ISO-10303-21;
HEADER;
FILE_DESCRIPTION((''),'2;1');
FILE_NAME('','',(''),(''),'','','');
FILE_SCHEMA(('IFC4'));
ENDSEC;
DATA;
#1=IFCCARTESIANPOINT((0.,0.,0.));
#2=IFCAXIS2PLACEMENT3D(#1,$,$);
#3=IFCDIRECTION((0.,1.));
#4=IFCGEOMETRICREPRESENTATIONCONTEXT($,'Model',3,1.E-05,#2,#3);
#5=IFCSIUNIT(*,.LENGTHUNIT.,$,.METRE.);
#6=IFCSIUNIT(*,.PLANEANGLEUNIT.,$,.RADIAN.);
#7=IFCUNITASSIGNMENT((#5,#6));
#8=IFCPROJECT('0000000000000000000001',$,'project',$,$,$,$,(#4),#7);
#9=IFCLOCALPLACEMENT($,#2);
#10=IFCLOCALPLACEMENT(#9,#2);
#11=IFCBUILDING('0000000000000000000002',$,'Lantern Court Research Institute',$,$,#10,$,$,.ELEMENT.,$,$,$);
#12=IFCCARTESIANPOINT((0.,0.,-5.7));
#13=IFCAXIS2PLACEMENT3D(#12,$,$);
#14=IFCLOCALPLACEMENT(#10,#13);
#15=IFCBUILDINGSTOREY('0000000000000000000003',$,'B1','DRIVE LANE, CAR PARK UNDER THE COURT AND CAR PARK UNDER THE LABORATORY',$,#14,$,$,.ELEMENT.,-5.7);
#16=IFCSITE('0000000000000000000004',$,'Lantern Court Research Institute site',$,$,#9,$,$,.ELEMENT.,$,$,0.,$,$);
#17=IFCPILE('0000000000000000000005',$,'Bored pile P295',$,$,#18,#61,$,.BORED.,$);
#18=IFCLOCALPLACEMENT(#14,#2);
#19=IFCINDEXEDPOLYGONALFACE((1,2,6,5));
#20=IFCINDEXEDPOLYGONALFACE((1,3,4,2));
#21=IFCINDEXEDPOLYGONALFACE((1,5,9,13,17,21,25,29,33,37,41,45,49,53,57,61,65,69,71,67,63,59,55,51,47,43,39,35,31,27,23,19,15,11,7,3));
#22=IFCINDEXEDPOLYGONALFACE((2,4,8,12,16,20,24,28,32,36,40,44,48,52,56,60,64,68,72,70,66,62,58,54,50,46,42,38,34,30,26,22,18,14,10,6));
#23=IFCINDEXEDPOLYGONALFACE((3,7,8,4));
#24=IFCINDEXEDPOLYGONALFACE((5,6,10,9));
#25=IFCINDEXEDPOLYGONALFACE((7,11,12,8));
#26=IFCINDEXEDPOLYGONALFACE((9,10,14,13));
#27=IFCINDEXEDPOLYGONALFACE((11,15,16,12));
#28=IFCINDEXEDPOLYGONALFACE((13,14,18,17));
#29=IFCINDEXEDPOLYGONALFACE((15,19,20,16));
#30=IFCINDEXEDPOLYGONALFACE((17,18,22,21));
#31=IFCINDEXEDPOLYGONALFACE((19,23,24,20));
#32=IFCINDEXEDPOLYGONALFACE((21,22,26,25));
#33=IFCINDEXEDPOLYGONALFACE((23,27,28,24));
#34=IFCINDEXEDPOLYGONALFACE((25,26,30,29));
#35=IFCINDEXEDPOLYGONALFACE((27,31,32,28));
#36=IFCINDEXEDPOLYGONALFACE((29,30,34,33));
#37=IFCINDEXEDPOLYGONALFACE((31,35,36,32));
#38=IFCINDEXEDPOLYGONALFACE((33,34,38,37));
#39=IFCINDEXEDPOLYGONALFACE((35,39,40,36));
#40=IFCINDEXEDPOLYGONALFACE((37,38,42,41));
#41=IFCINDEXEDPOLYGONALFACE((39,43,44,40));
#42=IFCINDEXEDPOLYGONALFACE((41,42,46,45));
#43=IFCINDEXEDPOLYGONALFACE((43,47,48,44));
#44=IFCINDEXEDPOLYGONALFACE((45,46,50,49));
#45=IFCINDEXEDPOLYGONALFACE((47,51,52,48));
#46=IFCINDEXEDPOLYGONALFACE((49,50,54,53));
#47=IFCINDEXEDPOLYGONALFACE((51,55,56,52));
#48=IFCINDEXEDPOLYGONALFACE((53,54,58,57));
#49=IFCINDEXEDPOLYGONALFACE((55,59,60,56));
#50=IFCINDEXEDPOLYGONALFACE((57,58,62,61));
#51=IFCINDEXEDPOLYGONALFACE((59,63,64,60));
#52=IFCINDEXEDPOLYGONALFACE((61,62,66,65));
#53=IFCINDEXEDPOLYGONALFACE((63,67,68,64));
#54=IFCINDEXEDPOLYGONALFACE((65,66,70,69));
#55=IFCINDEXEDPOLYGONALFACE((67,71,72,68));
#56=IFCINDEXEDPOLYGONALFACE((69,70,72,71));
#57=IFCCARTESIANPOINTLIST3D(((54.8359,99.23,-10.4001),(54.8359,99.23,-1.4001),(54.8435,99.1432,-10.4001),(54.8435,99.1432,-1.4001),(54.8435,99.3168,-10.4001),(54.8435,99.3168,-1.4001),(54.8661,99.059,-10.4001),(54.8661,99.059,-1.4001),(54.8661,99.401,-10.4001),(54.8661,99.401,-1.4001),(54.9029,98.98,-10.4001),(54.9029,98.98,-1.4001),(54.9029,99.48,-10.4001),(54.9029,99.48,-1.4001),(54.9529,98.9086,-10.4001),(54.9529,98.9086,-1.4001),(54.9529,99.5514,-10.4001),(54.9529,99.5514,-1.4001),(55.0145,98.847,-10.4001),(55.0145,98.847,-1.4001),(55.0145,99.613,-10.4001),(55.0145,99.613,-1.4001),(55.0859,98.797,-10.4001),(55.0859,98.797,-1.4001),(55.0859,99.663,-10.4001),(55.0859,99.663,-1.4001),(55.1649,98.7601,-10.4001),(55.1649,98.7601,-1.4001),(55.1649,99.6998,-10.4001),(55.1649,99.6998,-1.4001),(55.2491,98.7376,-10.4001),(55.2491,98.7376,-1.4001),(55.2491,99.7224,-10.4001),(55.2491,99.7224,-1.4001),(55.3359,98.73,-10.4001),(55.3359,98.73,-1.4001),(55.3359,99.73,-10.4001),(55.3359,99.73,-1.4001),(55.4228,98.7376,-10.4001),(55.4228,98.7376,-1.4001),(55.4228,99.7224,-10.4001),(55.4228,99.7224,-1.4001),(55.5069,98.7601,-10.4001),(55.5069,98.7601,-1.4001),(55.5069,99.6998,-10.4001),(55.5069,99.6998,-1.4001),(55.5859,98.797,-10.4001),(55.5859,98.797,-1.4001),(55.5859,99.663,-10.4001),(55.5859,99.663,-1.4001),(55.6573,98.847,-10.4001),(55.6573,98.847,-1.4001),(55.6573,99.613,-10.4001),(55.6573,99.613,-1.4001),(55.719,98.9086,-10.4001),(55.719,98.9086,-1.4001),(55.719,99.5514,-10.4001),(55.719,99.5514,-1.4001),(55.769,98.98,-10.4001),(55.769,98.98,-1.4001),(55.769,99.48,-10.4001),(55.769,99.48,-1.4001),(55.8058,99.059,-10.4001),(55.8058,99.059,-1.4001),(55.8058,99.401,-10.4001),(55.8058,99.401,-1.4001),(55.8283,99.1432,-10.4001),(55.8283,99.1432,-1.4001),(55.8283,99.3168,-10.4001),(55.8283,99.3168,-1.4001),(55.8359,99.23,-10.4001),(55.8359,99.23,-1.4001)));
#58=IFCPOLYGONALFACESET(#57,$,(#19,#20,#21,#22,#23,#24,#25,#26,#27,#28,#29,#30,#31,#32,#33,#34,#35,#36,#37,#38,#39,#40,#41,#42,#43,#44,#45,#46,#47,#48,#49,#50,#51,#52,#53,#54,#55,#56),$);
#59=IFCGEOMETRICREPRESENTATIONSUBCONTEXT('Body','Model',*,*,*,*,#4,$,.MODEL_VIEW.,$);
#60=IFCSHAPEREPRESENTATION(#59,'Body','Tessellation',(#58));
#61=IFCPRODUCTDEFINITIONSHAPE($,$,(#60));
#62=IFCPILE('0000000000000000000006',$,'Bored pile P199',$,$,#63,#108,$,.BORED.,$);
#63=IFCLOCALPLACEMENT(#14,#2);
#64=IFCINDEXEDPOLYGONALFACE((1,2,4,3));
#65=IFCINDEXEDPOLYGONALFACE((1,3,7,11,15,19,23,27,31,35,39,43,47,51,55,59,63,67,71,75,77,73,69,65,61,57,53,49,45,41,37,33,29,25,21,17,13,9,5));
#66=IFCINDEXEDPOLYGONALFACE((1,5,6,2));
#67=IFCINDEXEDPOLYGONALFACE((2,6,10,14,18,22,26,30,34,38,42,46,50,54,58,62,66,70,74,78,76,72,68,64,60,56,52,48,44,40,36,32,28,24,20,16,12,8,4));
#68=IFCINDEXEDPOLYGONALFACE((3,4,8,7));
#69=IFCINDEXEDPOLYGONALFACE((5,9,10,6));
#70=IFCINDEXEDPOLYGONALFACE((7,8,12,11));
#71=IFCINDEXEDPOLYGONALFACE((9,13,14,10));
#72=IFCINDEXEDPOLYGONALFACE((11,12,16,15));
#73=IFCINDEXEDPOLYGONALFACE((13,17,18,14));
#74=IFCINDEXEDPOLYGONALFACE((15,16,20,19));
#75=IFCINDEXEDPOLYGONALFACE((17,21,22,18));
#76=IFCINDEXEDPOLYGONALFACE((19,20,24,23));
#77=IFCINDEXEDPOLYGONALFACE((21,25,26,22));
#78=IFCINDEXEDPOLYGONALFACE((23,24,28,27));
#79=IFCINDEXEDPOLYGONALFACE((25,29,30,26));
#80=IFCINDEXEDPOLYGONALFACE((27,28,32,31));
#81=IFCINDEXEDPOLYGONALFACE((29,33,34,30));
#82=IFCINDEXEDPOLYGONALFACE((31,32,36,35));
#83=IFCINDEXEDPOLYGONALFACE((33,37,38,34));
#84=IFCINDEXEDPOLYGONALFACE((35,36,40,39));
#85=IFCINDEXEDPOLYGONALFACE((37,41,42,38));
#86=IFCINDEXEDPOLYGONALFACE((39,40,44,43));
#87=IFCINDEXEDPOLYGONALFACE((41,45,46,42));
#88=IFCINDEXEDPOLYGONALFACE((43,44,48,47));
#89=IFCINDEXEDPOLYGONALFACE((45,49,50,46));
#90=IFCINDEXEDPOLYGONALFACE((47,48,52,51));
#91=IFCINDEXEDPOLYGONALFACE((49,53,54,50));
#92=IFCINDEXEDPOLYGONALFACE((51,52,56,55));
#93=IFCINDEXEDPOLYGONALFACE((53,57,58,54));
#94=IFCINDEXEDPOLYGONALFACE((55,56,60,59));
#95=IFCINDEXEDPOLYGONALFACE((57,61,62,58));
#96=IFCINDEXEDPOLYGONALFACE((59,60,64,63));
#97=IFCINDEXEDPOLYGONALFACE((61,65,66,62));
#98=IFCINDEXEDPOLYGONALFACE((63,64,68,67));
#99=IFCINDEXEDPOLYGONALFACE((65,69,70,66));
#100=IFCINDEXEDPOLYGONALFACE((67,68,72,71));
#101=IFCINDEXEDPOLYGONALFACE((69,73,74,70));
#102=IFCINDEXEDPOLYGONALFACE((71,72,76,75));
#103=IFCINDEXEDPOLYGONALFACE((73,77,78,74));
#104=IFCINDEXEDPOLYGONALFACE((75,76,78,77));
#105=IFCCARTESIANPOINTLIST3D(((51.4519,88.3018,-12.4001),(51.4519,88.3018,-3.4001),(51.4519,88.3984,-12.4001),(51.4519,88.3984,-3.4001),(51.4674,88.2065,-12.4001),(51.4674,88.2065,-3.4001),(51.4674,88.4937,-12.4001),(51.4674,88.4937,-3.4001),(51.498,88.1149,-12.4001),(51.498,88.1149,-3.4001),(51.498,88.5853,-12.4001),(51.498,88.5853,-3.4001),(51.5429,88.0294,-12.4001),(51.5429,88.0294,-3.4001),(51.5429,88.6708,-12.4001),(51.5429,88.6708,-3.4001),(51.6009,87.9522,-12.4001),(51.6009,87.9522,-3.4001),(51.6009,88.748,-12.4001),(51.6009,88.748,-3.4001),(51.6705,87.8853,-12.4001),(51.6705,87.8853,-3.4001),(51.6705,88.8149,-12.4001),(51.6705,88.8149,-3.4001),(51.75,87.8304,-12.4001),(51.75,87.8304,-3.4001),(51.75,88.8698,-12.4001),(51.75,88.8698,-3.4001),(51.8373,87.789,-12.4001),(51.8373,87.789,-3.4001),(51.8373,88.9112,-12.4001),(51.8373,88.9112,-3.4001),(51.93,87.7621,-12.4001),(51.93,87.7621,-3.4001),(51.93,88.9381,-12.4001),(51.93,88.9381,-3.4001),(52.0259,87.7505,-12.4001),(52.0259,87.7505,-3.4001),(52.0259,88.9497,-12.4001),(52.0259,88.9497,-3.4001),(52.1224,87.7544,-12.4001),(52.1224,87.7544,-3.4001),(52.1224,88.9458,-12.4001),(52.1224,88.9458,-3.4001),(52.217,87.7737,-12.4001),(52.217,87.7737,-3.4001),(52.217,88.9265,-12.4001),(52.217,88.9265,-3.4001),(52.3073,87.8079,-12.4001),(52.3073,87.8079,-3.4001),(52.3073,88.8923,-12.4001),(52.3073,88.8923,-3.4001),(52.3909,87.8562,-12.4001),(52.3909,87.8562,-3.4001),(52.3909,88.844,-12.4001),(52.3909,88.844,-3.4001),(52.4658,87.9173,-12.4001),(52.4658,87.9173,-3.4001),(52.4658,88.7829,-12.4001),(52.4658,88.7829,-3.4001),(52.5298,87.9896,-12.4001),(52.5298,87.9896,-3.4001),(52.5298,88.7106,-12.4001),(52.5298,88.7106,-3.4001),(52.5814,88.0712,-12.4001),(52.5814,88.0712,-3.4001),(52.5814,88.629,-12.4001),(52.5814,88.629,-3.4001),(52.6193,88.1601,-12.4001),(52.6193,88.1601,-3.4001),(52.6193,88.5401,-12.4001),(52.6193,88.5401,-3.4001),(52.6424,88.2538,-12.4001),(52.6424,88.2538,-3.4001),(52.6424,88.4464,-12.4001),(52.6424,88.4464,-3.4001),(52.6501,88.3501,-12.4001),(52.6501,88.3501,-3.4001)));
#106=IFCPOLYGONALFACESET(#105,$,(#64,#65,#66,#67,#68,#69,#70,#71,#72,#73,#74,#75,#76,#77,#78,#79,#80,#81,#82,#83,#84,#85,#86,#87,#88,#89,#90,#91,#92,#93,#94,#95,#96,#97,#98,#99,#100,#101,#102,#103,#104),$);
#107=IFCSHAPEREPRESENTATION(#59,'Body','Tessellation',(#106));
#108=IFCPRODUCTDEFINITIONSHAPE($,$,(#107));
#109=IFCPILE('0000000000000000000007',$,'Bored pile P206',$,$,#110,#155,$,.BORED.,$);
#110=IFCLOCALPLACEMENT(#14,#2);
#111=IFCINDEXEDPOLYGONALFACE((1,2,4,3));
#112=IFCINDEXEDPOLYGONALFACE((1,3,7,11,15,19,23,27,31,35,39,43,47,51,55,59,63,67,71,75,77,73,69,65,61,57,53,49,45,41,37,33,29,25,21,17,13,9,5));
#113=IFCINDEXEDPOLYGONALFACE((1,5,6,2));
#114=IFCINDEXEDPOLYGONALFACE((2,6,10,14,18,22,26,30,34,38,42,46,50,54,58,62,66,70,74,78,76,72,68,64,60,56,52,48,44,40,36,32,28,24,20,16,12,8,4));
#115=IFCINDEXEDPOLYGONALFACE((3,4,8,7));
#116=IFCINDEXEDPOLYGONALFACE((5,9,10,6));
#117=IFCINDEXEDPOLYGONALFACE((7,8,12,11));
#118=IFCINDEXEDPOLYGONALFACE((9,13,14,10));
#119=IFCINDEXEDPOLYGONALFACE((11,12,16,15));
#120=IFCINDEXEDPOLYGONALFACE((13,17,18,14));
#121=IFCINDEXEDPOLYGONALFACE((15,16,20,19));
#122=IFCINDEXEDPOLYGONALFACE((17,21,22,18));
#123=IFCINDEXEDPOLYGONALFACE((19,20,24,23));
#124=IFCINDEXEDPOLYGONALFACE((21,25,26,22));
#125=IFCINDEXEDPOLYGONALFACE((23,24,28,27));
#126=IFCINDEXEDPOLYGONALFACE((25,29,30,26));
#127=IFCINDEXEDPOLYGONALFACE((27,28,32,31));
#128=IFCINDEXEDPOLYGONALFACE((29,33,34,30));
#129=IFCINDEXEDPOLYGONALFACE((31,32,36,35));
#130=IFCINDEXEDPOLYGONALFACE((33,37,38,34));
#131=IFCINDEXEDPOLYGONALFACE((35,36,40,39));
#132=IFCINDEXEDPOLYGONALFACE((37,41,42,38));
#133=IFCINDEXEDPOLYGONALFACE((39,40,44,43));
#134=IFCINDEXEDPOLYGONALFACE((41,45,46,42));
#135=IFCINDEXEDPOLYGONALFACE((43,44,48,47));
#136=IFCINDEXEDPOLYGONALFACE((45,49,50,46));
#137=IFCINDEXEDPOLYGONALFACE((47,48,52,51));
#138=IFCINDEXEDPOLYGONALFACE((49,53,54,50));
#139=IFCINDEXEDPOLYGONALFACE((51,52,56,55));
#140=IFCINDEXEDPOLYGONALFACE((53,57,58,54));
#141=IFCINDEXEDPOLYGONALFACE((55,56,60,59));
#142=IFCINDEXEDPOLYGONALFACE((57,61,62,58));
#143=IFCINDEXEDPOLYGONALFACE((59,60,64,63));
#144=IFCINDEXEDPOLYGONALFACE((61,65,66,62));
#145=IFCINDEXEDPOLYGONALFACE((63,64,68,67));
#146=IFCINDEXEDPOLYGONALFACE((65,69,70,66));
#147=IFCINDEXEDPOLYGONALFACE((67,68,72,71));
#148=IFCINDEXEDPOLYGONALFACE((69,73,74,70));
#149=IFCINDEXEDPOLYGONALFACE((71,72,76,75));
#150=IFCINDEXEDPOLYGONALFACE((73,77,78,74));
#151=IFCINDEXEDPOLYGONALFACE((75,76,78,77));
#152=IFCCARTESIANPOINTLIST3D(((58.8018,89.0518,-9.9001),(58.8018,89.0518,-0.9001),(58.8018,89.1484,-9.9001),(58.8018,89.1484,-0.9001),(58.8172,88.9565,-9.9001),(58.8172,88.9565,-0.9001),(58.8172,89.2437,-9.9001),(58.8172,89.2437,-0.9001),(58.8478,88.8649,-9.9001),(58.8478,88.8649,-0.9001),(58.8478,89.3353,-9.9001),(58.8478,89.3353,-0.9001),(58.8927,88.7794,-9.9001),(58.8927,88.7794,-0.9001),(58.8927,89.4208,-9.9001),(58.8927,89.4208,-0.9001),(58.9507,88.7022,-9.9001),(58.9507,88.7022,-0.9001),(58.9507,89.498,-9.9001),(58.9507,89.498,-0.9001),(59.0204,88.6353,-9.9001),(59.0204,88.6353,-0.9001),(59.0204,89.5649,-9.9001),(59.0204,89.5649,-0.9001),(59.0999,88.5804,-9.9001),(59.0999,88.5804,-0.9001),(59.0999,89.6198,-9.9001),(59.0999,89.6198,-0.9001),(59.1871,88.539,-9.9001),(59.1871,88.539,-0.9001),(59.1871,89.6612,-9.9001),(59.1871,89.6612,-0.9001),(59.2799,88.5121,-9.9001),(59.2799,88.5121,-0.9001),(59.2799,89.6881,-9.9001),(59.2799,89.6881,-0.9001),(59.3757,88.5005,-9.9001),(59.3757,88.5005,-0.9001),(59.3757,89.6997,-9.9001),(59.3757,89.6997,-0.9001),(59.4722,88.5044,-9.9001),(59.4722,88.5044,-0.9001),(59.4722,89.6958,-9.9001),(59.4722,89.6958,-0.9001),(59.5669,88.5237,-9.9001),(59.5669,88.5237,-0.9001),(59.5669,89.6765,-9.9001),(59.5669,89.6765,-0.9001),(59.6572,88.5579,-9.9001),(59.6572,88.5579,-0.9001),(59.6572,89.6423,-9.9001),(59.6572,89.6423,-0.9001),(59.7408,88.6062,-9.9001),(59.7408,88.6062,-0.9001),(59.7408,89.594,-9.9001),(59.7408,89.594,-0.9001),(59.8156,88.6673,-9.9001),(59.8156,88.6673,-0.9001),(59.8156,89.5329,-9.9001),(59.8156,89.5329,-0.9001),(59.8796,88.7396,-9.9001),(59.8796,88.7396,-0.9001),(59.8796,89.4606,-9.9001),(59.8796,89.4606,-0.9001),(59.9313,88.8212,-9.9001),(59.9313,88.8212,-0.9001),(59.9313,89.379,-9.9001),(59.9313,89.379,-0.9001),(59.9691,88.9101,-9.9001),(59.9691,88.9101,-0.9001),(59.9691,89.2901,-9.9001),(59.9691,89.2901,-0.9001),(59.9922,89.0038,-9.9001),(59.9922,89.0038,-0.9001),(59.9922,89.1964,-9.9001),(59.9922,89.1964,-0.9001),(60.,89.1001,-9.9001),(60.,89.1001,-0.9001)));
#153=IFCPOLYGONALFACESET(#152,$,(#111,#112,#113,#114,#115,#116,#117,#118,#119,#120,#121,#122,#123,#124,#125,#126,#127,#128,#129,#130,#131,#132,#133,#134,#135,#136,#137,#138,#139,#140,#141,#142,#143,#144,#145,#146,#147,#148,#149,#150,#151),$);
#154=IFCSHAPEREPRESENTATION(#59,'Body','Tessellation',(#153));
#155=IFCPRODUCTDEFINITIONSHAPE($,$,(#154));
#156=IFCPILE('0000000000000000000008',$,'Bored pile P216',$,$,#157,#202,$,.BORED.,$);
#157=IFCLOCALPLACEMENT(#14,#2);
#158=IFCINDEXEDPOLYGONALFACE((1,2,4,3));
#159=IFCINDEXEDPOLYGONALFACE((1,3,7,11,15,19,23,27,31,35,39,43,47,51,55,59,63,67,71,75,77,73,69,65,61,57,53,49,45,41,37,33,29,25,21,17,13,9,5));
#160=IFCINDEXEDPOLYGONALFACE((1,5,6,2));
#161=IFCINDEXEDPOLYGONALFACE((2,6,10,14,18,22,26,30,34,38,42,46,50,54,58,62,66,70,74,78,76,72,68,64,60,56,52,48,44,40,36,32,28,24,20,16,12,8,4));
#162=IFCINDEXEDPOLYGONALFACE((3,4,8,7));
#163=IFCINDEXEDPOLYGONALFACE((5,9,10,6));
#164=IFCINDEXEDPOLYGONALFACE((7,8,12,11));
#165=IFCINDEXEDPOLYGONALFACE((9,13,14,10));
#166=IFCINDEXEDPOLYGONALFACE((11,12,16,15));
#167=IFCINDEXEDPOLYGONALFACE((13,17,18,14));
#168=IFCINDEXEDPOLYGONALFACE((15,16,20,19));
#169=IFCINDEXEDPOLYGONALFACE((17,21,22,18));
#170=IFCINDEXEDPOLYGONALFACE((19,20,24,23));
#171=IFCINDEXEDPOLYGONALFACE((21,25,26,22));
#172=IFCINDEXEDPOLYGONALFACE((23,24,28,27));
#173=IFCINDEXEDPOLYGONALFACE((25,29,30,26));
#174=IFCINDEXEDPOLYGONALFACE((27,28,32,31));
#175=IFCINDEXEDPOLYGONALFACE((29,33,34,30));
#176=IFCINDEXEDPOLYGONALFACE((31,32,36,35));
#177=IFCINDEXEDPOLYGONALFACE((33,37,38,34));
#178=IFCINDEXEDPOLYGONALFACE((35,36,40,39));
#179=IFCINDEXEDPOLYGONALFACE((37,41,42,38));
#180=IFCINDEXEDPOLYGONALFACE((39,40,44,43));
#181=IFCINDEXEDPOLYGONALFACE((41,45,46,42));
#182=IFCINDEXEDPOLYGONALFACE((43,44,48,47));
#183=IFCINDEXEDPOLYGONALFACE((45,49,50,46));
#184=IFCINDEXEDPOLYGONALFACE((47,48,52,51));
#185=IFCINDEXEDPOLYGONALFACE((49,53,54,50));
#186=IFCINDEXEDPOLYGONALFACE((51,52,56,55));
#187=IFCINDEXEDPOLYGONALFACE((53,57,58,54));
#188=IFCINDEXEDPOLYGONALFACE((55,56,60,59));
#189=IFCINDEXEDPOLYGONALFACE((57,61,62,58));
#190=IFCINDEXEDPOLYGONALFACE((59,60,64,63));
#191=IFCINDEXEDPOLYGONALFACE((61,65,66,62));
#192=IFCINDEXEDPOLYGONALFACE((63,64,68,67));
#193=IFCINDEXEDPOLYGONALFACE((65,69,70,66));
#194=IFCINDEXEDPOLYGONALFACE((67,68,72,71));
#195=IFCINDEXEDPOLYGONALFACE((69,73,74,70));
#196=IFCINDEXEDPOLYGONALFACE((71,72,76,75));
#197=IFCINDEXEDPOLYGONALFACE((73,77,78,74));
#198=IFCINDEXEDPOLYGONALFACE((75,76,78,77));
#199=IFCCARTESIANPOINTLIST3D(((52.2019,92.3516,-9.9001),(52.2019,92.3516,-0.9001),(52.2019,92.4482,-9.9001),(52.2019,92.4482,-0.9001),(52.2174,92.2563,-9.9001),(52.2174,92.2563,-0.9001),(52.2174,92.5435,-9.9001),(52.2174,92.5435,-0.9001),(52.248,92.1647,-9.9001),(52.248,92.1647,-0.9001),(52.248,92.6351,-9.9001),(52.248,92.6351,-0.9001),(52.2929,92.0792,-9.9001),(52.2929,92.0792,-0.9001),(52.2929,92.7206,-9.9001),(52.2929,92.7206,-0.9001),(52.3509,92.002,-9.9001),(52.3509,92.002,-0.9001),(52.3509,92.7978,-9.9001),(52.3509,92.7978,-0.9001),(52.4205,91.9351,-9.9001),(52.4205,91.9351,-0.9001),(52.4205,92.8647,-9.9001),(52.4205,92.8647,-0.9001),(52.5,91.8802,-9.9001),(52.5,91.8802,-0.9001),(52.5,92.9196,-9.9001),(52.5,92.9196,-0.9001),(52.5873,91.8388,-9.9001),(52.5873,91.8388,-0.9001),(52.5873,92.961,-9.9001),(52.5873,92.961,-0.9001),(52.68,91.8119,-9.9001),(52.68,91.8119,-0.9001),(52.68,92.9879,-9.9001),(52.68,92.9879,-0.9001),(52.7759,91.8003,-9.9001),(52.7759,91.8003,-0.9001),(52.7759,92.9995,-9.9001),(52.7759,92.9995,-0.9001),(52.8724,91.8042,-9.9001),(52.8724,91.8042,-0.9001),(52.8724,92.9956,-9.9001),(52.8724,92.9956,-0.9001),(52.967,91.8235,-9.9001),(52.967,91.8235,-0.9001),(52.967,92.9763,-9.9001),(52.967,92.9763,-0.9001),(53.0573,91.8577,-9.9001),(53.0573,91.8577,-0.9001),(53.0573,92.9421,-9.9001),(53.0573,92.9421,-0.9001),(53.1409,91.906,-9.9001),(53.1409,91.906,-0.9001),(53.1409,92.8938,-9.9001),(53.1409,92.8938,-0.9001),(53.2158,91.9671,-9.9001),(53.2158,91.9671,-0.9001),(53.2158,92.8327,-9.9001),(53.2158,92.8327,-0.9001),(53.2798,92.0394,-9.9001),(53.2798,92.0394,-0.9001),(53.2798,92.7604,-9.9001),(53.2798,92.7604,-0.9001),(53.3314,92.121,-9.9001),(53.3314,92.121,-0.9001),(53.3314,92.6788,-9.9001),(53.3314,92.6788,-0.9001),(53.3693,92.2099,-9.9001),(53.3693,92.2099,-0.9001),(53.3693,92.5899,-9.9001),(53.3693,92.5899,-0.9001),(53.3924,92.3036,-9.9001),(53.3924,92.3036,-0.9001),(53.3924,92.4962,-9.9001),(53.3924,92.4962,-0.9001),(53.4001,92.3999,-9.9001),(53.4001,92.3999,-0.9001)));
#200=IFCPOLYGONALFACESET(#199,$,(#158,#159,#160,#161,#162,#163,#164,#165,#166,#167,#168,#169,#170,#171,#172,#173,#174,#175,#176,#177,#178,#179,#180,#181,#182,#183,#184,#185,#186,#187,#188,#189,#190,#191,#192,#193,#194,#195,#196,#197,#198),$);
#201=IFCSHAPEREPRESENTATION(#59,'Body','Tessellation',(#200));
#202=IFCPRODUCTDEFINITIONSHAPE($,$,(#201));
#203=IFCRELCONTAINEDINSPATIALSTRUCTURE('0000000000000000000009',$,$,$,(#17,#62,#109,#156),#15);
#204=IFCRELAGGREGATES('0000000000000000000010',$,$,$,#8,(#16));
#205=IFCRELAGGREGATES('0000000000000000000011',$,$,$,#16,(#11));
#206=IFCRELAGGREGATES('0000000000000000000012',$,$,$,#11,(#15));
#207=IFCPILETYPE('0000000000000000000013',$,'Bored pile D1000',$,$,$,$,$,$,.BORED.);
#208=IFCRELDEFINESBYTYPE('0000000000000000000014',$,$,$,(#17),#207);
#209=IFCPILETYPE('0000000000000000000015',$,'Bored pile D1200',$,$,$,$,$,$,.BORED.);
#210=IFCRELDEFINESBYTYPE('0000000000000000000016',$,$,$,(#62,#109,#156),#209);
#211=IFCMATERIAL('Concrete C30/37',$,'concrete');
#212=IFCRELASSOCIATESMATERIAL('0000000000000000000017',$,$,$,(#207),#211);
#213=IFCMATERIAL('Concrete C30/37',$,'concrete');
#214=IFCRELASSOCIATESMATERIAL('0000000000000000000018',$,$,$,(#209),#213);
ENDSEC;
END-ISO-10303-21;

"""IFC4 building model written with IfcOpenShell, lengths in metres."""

from ifc_helpers import new_model, si_unit, direction, frame, origin, origin_2d, place, context, subcontext, project, spatial, circle, extrude, material, material_profile, profile_set, type_object, element, save


model = new_model("IFC4")

# Units and contexts
model_context = context("Model", 3, precision=1e-05, world=origin(), true_north=direction((0.0, 1.0)))
body_context = subcontext(model_context, "Body", "Model", "MODEL_VIEW")
ifc_project = project(units=[si_unit("LENGTHUNIT", "METRE"), si_unit("PLANEANGLEUNIT", "RADIAN")], contexts=[model_context])

# Site, building, storey
site_placement = place(None, origin())
site = spatial("IfcSite", under=ifc_project, at=site_placement, Name="Lantern Court Research Institute site", CompositionType="ELEMENT", RefElevation=0.0)
building_placement = place(site_placement, origin())
building = spatial("IfcBuilding", under=site, at=building_placement, Name="Lantern Court Research Institute", CompositionType="ELEMENT")
storey_placement = place(building_placement, frame((0.0, 0.0, -5.7)))
storey = spatial("IfcBuildingStorey", under=building, at=storey_placement, Name="B1", Description="DRIVE LANE, CAR PARK UNDER THE COURT AND CAR PARK UNDER THE LABORATORY", CompositionType="ELEMENT", Elevation=-5.7)

# Piles
ifc_material_1 = material(Name="Concrete C30/37", Category="concrete")
ifc_material_profile_1 = material_profile(ifc_material_1, circle(Radius=0.5, at=origin_2d()), Name="Bored pile D1000")
ifc_profile_set_1 = profile_set([ifc_material_profile_1], Name="Concrete C30/37")
pile_type_1 = type_object("IfcPileType", Name="Bored pile D1000", PredefinedType="BORED", material=ifc_profile_set_1)
pile_placement = place(storey_placement, frame((55.3359, 99.23, -1.4001), z_axis=(0.0, 0.0, -1.0), x_axis=(1.0, 0.0, 0.0)))
element("IfcPile", 1, at=pile_placement, inside=storey, type_object=pile_type_1, Name="Bored pile P295", PredefinedType="BORED", context=body_context, shape_type="SweptSolid", body=[
    extrude(circle(Radius=0.5, at=origin_2d()), origin(), (0.0, 0.0, 1.0), 9.0),
])
ifc_material_2 = material(Name="Concrete C30/37", Category="concrete")
ifc_material_profile_2 = material_profile(ifc_material_2, circle(Radius=0.6001, at=origin_2d()), Name="Bored pile D1200")
ifc_profile_set_2 = profile_set([ifc_material_profile_2], Name="Concrete C30/37")
pile_type_2 = type_object("IfcPileType", Name="Bored pile D1200", PredefinedType="BORED", material=ifc_profile_set_2)
for number, where, z_axis, x_axis, name in (
    (2, (52.05, 88.3501, -3.4001), (0.0, 0.0, -1.0), (1.0, 0.0, 0.0), "Bored pile P199"),
    (3, (59.3999, 89.1001, -0.9001), (0.0, 0.0, -1.0), (1.0, 0.0, 0.0), "Bored pile P206"),
    (4, (52.8, 92.3999, -0.9001), (0.0, 0.0, -1.0), (1.0, 0.0, 0.0), "Bored pile P216"),
):
    element("IfcPile", number, at=place(storey_placement, frame(where, z_axis=z_axis, x_axis=x_axis)), inside=storey, type_object=pile_type_2, Name=name, PredefinedType="BORED", context=body_context, shape_type="SweptSolid", body=[
        extrude(circle(Radius=0.6001, at=origin_2d()), origin(), (0.0, 0.0, 1.0), 9.0),
    ])

save(model, "model.ifc")
